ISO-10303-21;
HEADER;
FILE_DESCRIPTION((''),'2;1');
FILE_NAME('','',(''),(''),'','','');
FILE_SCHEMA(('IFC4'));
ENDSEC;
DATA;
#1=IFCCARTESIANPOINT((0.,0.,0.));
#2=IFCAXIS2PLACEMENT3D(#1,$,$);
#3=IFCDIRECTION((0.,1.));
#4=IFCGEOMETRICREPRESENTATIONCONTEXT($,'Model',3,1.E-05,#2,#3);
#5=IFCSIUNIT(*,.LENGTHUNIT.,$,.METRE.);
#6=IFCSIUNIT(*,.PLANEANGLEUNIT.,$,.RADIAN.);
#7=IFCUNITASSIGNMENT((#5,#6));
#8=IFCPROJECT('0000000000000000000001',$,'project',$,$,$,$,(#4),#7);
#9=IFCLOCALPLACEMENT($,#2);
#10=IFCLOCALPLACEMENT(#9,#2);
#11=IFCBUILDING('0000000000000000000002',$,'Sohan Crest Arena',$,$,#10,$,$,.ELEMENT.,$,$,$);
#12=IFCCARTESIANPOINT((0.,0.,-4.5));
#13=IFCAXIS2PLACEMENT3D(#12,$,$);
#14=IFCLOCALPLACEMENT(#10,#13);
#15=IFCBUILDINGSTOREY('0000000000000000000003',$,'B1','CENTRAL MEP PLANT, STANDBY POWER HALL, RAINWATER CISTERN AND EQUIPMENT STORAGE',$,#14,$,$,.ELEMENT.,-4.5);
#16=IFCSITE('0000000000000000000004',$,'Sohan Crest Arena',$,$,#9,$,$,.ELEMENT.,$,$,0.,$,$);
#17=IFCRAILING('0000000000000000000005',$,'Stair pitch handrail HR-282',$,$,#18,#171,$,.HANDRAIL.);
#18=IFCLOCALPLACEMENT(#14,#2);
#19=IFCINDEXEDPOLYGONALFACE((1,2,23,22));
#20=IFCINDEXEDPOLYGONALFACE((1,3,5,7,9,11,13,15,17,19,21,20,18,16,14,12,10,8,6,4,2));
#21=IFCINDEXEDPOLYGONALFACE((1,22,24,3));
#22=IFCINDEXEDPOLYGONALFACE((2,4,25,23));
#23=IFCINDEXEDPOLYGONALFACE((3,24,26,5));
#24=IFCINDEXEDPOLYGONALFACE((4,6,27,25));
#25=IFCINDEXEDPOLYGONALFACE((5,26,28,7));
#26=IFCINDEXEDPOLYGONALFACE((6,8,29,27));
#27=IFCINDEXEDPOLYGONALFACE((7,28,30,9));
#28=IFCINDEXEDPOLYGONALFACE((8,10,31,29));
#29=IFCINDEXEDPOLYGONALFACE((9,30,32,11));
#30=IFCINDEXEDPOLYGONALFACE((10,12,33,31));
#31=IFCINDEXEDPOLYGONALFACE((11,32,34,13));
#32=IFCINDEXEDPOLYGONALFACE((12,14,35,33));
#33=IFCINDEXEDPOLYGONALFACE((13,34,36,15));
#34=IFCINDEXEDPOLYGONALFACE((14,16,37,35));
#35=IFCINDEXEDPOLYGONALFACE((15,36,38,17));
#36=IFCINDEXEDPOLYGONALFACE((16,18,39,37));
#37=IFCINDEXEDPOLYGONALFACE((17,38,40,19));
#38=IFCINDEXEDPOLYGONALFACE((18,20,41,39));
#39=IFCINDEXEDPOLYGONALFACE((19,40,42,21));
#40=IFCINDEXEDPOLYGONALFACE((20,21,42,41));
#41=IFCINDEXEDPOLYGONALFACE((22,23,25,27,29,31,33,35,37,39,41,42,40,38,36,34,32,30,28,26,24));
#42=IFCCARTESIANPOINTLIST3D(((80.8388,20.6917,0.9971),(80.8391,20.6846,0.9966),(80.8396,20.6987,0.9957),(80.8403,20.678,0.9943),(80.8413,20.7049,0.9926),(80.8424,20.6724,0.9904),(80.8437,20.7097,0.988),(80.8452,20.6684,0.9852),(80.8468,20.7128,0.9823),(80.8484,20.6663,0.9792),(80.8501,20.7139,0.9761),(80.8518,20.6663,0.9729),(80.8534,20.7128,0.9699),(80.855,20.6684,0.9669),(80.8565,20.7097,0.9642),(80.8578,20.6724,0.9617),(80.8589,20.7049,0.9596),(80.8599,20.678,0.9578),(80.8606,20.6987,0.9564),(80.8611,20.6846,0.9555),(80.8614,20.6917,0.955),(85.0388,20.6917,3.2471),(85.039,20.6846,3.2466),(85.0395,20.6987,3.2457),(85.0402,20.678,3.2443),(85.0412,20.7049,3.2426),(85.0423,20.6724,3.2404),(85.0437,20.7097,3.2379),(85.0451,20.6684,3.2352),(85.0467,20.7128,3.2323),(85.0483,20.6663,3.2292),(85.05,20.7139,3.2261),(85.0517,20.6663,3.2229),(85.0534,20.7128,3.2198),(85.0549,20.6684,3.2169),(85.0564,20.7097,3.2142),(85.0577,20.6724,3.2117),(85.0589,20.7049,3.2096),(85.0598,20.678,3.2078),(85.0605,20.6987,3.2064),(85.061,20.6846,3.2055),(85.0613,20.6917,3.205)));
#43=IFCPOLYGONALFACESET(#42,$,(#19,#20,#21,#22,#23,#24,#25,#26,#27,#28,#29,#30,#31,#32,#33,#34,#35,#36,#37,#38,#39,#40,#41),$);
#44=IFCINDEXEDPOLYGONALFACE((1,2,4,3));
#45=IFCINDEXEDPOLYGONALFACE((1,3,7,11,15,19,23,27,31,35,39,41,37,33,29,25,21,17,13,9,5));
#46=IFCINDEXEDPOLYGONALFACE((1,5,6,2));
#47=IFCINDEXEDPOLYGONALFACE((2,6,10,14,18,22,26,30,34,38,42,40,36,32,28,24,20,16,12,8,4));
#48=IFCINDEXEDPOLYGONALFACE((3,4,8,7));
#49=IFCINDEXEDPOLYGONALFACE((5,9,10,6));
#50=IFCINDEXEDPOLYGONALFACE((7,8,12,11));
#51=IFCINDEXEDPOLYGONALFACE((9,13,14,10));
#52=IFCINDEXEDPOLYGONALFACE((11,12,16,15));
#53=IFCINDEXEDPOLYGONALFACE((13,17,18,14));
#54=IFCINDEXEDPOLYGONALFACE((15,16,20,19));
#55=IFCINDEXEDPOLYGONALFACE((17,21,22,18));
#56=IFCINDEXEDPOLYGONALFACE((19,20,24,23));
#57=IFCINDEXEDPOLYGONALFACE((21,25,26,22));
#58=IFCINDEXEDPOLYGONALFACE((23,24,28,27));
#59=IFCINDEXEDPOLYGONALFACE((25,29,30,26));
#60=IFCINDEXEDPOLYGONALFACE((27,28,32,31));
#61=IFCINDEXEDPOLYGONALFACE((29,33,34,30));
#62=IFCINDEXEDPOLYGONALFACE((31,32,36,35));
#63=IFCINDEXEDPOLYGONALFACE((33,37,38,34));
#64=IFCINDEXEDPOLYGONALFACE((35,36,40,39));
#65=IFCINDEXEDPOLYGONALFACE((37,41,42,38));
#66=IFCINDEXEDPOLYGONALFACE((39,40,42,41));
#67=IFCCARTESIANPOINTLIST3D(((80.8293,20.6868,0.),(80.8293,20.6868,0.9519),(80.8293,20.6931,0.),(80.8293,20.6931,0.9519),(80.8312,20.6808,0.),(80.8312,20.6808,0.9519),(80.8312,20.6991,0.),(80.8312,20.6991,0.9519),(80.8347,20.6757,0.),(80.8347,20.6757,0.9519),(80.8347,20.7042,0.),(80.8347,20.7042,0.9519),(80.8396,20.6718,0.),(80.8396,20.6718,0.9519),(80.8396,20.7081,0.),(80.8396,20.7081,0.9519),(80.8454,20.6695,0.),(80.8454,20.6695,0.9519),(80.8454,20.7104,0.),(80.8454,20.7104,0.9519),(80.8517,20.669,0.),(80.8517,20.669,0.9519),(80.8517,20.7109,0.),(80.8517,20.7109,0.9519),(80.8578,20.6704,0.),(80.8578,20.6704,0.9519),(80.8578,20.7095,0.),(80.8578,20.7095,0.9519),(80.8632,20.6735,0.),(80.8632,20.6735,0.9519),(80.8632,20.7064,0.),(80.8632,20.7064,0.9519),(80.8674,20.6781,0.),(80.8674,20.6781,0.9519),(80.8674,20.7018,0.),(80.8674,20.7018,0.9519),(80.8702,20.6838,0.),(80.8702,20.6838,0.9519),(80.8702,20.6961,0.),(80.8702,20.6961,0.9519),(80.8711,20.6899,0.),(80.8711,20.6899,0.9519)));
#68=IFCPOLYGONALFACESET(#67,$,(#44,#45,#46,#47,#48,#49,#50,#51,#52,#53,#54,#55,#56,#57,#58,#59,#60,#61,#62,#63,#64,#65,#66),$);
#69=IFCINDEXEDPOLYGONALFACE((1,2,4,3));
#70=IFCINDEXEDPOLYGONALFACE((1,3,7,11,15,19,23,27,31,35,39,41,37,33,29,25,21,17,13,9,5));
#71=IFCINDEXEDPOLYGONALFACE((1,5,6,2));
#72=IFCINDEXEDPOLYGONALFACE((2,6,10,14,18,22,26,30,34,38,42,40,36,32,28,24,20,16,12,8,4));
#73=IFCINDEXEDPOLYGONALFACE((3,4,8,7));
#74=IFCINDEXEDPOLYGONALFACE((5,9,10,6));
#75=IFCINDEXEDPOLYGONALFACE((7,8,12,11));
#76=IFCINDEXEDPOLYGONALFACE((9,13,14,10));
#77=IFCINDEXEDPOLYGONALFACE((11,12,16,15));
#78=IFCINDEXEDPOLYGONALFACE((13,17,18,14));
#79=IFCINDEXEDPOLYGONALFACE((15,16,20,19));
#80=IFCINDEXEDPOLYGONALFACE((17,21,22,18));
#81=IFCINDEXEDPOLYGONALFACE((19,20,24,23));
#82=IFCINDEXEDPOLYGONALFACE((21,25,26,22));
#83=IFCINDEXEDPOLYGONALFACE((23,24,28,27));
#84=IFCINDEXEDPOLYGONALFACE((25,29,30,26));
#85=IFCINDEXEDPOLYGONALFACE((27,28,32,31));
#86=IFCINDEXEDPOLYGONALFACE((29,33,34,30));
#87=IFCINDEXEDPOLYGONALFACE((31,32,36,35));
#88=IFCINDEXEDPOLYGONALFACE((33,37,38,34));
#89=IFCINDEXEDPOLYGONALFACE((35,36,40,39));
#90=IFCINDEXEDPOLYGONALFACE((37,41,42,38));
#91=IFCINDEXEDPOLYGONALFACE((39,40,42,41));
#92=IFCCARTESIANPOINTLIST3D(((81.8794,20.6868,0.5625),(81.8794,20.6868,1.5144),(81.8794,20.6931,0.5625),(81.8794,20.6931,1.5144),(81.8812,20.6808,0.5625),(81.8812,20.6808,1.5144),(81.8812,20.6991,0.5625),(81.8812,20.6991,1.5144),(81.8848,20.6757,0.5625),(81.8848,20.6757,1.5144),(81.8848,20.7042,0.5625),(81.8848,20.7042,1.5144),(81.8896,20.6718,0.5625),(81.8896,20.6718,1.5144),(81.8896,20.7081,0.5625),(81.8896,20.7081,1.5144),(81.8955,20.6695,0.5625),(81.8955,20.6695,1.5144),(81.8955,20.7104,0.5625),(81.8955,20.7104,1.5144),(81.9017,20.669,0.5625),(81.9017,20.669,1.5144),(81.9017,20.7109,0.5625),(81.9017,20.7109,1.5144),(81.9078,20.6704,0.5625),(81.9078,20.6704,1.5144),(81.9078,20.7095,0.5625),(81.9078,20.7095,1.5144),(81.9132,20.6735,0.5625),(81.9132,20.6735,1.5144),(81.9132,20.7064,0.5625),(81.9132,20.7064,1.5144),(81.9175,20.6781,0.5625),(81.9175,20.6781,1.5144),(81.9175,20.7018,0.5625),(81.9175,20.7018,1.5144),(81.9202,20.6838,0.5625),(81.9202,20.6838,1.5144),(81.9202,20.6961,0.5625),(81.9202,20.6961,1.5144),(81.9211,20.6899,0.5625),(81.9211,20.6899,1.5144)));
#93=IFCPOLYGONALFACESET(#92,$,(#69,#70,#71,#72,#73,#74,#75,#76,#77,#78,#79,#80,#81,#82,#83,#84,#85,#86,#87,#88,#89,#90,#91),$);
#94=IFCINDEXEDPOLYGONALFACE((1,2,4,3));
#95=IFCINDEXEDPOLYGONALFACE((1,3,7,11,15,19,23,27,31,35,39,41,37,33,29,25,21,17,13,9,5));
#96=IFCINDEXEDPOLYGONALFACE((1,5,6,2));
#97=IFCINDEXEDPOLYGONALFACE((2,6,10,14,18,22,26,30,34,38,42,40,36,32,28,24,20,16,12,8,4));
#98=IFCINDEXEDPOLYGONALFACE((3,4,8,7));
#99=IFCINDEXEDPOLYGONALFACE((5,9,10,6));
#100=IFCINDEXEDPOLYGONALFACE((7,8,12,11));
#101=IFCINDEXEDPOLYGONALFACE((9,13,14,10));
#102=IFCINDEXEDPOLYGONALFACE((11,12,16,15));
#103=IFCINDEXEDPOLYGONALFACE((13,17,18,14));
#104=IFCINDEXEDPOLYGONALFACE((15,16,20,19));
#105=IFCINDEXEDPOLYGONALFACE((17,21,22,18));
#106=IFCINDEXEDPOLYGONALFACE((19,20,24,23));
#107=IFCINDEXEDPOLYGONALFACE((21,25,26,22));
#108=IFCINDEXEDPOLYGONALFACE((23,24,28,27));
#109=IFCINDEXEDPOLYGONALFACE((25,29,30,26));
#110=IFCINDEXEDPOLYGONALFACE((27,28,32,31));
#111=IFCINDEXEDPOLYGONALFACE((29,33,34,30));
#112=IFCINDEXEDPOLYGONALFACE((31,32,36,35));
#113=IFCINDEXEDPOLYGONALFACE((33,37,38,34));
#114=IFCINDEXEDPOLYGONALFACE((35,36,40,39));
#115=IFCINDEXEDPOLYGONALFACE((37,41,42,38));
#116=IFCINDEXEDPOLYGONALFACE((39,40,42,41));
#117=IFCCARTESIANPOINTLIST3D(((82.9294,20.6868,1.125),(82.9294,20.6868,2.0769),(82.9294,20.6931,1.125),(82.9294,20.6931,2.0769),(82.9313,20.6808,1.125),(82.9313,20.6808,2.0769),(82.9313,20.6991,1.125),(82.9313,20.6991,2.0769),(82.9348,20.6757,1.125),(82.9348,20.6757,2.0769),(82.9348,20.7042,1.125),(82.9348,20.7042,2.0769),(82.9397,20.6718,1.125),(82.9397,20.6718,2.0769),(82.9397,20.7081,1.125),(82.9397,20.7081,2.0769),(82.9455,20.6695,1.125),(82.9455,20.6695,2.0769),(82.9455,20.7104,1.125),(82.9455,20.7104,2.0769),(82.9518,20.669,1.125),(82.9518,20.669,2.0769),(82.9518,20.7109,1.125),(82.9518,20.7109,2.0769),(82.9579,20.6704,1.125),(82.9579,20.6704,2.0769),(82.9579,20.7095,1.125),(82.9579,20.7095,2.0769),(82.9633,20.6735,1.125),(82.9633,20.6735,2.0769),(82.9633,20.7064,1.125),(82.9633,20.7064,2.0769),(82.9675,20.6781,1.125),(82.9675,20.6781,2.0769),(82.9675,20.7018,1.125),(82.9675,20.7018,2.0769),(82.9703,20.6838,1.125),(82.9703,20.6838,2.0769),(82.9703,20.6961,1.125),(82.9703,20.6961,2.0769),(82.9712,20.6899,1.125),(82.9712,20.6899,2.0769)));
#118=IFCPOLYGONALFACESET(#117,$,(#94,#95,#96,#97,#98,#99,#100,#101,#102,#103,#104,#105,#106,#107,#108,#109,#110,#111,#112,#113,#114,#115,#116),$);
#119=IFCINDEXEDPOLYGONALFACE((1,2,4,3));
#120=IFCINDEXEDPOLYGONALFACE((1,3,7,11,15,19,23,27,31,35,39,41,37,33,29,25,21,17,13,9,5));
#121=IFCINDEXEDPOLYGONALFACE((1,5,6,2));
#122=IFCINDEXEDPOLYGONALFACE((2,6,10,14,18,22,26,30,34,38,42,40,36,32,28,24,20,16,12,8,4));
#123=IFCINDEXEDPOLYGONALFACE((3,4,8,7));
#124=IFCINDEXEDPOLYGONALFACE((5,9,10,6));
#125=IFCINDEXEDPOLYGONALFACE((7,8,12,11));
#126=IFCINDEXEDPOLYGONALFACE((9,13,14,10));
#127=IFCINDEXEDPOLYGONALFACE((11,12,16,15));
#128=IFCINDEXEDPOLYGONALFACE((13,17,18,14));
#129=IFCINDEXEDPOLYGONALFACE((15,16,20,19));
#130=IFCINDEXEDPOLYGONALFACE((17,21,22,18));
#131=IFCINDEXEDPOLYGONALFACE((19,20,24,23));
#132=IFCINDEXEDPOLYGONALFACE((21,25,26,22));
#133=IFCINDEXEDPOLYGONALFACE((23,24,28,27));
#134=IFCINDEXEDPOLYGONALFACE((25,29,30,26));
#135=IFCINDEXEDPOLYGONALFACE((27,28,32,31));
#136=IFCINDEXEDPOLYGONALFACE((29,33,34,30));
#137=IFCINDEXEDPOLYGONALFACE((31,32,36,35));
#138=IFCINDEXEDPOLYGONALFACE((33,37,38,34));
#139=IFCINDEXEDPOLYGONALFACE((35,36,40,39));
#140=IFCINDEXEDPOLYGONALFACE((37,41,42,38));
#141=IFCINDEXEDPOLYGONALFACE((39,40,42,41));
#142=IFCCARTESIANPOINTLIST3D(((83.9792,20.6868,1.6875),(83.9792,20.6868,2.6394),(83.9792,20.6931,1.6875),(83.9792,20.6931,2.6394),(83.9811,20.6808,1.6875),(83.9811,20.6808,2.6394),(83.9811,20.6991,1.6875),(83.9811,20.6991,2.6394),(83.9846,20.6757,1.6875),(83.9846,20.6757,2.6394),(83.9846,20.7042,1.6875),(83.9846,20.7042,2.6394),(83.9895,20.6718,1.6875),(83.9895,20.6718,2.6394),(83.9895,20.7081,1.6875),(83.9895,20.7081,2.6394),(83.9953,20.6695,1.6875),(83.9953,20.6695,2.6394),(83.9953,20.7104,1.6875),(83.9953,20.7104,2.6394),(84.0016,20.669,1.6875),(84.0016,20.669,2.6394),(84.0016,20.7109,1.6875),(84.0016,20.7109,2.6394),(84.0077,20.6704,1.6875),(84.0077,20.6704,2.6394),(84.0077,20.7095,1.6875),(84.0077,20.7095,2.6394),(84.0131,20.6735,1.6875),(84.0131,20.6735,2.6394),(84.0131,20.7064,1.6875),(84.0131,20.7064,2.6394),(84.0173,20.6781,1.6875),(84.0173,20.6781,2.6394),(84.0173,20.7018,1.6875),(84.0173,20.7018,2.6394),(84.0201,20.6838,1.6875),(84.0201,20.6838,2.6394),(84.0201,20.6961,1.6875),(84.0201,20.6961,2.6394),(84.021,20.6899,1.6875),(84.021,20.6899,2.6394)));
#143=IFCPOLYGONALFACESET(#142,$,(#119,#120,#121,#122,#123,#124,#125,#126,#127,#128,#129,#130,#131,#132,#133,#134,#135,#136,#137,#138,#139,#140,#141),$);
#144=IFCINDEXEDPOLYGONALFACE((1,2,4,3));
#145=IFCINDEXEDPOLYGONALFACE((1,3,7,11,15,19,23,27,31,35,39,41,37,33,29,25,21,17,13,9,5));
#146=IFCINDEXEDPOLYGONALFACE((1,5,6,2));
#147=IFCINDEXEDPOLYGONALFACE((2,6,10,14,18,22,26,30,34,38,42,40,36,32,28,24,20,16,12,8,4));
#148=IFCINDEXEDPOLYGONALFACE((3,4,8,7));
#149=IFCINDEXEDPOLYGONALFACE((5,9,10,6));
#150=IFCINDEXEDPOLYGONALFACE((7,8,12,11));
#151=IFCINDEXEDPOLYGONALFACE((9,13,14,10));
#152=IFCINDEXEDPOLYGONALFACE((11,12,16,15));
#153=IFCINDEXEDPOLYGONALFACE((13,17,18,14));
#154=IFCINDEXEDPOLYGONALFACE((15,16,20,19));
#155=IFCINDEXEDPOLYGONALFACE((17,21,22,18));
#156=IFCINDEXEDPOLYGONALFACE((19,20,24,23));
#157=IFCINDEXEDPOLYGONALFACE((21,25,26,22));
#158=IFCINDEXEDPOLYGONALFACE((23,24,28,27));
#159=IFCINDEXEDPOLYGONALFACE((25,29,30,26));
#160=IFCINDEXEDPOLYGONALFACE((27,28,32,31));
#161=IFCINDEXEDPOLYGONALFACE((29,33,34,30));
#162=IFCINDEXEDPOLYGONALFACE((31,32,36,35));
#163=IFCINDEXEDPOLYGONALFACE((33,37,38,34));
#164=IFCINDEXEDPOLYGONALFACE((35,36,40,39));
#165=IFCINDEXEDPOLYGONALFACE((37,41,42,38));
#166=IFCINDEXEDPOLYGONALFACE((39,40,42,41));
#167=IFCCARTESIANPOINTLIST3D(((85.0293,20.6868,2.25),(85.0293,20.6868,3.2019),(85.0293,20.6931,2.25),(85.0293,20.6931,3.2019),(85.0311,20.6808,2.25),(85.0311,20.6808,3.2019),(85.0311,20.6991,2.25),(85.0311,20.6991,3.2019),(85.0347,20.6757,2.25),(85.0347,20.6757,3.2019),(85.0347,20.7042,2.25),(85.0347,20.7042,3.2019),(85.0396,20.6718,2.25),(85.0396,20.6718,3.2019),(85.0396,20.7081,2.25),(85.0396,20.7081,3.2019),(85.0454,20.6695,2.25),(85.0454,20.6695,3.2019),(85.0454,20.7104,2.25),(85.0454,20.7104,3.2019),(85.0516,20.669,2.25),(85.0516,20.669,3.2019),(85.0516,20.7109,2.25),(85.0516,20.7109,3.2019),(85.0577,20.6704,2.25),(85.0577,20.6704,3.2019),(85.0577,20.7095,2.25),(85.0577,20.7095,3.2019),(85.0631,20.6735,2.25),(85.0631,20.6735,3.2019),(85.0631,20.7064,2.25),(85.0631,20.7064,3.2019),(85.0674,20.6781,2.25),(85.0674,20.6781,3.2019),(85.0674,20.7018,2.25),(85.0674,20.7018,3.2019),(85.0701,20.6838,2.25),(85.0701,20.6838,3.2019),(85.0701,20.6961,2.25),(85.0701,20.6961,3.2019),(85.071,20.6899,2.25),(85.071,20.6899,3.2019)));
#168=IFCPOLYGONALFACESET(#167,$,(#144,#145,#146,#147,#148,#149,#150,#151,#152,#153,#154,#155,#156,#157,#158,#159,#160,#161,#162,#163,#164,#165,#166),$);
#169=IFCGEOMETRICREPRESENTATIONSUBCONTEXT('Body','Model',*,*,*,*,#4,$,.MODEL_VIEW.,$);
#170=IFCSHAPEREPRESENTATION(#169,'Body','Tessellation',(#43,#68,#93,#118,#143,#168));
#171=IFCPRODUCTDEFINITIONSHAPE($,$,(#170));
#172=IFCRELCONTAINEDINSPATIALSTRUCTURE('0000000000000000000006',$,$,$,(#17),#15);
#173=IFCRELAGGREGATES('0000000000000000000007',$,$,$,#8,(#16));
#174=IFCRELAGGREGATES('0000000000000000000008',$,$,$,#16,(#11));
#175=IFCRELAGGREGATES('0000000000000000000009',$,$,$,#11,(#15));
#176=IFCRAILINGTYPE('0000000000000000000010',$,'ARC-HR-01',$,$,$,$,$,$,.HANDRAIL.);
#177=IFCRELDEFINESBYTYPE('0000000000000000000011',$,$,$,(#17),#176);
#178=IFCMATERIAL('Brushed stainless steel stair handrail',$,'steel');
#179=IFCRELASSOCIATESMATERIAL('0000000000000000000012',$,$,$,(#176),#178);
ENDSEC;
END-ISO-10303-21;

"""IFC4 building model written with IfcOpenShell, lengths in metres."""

from ifc_helpers import new_model, si_unit, direction, frame, origin, origin_2d, place, context, subcontext, project, spatial, circle, extrude, material, type_object, element, save


model = new_model("IFC4")

# Units and contexts
model_context = context("Model", 3, precision=1e-05, world=origin(), true_north=direction((0.0, 1.0)))
body_context = subcontext(model_context, "Body", "Model", "MODEL_VIEW")
ifc_project = project(units=[si_unit("LENGTHUNIT", "METRE"), si_unit("PLANEANGLEUNIT", "RADIAN")], contexts=[model_context])

# Site, building, storey
site_placement = place(None, origin())
site = spatial("IfcSite", under=ifc_project, at=site_placement, Name="Sohan Crest Arena", CompositionType="ELEMENT", RefElevation=0.0)
building_placement = place(site_placement, origin())
building = spatial("IfcBuilding", under=site, at=building_placement, Name="Sohan Crest Arena", CompositionType="ELEMENT")
storey_placement = place(building_placement, frame((0.0, 0.0, -4.5)))
storey = spatial("IfcBuildingStorey", under=building, at=storey_placement, Name="B1", Description="CENTRAL MEP PLANT, STANDBY POWER HALL, RAINWATER CISTERN AND EQUIPMENT STORAGE", CompositionType="ELEMENT", Elevation=-4.5)

# Railing
ifc_material_1 = material(Name="Brushed stainless steel stair handrail", Category="steel")
railing_type = type_object("IfcRailingType", Name="ARC-HR-01", PredefinedType="HANDRAIL", material=ifc_material_1)
for number, where, name in (
    (1, (80.8501, 20.6899, 0.0), "Stair pitch handrail HR-282"),
):
    element("IfcRailing", number, at=place(storey_placement, frame(where)), inside=storey, type_object=railing_type, Name=name, PredefinedType="HANDRAIL", context=body_context, shape_type="SweptSolid", body=[
        extrude(circle(Radius=0.0239, at=origin_2d()), frame((0.0, 0.0, 0.9761), z_axis=(0.881478, 0.0, 0.472226), x_axis=(0.0, 1.0, 0.0)), (0.0, 0.0, 1.0), 4.7646),
        extrude(circle(Radius=0.021, at=origin_2d()), origin(), (0.0, 0.0, 1.0), 0.9519),
        extrude(circle(Radius=0.021, at=origin_2d()), frame((1.05, 0.0, 0.5625)), (0.0, 0.0, 1.0), 0.9519),
        extrude(circle(Radius=0.021, at=origin_2d()), frame((2.1001, 0.0, 1.125)), (0.0, 0.0, 1.0), 0.9519),
        extrude(circle(Radius=0.021, at=origin_2d()), frame((3.1499, 0.0, 1.6875)), (0.0, 0.0, 1.0), 0.9519),
        extrude(circle(Radius=0.021, at=origin_2d()), frame((4.2, 0.0, 2.25)), (0.0, 0.0, 1.0), 0.9519),
    ])

save(model, "model.ifc")
